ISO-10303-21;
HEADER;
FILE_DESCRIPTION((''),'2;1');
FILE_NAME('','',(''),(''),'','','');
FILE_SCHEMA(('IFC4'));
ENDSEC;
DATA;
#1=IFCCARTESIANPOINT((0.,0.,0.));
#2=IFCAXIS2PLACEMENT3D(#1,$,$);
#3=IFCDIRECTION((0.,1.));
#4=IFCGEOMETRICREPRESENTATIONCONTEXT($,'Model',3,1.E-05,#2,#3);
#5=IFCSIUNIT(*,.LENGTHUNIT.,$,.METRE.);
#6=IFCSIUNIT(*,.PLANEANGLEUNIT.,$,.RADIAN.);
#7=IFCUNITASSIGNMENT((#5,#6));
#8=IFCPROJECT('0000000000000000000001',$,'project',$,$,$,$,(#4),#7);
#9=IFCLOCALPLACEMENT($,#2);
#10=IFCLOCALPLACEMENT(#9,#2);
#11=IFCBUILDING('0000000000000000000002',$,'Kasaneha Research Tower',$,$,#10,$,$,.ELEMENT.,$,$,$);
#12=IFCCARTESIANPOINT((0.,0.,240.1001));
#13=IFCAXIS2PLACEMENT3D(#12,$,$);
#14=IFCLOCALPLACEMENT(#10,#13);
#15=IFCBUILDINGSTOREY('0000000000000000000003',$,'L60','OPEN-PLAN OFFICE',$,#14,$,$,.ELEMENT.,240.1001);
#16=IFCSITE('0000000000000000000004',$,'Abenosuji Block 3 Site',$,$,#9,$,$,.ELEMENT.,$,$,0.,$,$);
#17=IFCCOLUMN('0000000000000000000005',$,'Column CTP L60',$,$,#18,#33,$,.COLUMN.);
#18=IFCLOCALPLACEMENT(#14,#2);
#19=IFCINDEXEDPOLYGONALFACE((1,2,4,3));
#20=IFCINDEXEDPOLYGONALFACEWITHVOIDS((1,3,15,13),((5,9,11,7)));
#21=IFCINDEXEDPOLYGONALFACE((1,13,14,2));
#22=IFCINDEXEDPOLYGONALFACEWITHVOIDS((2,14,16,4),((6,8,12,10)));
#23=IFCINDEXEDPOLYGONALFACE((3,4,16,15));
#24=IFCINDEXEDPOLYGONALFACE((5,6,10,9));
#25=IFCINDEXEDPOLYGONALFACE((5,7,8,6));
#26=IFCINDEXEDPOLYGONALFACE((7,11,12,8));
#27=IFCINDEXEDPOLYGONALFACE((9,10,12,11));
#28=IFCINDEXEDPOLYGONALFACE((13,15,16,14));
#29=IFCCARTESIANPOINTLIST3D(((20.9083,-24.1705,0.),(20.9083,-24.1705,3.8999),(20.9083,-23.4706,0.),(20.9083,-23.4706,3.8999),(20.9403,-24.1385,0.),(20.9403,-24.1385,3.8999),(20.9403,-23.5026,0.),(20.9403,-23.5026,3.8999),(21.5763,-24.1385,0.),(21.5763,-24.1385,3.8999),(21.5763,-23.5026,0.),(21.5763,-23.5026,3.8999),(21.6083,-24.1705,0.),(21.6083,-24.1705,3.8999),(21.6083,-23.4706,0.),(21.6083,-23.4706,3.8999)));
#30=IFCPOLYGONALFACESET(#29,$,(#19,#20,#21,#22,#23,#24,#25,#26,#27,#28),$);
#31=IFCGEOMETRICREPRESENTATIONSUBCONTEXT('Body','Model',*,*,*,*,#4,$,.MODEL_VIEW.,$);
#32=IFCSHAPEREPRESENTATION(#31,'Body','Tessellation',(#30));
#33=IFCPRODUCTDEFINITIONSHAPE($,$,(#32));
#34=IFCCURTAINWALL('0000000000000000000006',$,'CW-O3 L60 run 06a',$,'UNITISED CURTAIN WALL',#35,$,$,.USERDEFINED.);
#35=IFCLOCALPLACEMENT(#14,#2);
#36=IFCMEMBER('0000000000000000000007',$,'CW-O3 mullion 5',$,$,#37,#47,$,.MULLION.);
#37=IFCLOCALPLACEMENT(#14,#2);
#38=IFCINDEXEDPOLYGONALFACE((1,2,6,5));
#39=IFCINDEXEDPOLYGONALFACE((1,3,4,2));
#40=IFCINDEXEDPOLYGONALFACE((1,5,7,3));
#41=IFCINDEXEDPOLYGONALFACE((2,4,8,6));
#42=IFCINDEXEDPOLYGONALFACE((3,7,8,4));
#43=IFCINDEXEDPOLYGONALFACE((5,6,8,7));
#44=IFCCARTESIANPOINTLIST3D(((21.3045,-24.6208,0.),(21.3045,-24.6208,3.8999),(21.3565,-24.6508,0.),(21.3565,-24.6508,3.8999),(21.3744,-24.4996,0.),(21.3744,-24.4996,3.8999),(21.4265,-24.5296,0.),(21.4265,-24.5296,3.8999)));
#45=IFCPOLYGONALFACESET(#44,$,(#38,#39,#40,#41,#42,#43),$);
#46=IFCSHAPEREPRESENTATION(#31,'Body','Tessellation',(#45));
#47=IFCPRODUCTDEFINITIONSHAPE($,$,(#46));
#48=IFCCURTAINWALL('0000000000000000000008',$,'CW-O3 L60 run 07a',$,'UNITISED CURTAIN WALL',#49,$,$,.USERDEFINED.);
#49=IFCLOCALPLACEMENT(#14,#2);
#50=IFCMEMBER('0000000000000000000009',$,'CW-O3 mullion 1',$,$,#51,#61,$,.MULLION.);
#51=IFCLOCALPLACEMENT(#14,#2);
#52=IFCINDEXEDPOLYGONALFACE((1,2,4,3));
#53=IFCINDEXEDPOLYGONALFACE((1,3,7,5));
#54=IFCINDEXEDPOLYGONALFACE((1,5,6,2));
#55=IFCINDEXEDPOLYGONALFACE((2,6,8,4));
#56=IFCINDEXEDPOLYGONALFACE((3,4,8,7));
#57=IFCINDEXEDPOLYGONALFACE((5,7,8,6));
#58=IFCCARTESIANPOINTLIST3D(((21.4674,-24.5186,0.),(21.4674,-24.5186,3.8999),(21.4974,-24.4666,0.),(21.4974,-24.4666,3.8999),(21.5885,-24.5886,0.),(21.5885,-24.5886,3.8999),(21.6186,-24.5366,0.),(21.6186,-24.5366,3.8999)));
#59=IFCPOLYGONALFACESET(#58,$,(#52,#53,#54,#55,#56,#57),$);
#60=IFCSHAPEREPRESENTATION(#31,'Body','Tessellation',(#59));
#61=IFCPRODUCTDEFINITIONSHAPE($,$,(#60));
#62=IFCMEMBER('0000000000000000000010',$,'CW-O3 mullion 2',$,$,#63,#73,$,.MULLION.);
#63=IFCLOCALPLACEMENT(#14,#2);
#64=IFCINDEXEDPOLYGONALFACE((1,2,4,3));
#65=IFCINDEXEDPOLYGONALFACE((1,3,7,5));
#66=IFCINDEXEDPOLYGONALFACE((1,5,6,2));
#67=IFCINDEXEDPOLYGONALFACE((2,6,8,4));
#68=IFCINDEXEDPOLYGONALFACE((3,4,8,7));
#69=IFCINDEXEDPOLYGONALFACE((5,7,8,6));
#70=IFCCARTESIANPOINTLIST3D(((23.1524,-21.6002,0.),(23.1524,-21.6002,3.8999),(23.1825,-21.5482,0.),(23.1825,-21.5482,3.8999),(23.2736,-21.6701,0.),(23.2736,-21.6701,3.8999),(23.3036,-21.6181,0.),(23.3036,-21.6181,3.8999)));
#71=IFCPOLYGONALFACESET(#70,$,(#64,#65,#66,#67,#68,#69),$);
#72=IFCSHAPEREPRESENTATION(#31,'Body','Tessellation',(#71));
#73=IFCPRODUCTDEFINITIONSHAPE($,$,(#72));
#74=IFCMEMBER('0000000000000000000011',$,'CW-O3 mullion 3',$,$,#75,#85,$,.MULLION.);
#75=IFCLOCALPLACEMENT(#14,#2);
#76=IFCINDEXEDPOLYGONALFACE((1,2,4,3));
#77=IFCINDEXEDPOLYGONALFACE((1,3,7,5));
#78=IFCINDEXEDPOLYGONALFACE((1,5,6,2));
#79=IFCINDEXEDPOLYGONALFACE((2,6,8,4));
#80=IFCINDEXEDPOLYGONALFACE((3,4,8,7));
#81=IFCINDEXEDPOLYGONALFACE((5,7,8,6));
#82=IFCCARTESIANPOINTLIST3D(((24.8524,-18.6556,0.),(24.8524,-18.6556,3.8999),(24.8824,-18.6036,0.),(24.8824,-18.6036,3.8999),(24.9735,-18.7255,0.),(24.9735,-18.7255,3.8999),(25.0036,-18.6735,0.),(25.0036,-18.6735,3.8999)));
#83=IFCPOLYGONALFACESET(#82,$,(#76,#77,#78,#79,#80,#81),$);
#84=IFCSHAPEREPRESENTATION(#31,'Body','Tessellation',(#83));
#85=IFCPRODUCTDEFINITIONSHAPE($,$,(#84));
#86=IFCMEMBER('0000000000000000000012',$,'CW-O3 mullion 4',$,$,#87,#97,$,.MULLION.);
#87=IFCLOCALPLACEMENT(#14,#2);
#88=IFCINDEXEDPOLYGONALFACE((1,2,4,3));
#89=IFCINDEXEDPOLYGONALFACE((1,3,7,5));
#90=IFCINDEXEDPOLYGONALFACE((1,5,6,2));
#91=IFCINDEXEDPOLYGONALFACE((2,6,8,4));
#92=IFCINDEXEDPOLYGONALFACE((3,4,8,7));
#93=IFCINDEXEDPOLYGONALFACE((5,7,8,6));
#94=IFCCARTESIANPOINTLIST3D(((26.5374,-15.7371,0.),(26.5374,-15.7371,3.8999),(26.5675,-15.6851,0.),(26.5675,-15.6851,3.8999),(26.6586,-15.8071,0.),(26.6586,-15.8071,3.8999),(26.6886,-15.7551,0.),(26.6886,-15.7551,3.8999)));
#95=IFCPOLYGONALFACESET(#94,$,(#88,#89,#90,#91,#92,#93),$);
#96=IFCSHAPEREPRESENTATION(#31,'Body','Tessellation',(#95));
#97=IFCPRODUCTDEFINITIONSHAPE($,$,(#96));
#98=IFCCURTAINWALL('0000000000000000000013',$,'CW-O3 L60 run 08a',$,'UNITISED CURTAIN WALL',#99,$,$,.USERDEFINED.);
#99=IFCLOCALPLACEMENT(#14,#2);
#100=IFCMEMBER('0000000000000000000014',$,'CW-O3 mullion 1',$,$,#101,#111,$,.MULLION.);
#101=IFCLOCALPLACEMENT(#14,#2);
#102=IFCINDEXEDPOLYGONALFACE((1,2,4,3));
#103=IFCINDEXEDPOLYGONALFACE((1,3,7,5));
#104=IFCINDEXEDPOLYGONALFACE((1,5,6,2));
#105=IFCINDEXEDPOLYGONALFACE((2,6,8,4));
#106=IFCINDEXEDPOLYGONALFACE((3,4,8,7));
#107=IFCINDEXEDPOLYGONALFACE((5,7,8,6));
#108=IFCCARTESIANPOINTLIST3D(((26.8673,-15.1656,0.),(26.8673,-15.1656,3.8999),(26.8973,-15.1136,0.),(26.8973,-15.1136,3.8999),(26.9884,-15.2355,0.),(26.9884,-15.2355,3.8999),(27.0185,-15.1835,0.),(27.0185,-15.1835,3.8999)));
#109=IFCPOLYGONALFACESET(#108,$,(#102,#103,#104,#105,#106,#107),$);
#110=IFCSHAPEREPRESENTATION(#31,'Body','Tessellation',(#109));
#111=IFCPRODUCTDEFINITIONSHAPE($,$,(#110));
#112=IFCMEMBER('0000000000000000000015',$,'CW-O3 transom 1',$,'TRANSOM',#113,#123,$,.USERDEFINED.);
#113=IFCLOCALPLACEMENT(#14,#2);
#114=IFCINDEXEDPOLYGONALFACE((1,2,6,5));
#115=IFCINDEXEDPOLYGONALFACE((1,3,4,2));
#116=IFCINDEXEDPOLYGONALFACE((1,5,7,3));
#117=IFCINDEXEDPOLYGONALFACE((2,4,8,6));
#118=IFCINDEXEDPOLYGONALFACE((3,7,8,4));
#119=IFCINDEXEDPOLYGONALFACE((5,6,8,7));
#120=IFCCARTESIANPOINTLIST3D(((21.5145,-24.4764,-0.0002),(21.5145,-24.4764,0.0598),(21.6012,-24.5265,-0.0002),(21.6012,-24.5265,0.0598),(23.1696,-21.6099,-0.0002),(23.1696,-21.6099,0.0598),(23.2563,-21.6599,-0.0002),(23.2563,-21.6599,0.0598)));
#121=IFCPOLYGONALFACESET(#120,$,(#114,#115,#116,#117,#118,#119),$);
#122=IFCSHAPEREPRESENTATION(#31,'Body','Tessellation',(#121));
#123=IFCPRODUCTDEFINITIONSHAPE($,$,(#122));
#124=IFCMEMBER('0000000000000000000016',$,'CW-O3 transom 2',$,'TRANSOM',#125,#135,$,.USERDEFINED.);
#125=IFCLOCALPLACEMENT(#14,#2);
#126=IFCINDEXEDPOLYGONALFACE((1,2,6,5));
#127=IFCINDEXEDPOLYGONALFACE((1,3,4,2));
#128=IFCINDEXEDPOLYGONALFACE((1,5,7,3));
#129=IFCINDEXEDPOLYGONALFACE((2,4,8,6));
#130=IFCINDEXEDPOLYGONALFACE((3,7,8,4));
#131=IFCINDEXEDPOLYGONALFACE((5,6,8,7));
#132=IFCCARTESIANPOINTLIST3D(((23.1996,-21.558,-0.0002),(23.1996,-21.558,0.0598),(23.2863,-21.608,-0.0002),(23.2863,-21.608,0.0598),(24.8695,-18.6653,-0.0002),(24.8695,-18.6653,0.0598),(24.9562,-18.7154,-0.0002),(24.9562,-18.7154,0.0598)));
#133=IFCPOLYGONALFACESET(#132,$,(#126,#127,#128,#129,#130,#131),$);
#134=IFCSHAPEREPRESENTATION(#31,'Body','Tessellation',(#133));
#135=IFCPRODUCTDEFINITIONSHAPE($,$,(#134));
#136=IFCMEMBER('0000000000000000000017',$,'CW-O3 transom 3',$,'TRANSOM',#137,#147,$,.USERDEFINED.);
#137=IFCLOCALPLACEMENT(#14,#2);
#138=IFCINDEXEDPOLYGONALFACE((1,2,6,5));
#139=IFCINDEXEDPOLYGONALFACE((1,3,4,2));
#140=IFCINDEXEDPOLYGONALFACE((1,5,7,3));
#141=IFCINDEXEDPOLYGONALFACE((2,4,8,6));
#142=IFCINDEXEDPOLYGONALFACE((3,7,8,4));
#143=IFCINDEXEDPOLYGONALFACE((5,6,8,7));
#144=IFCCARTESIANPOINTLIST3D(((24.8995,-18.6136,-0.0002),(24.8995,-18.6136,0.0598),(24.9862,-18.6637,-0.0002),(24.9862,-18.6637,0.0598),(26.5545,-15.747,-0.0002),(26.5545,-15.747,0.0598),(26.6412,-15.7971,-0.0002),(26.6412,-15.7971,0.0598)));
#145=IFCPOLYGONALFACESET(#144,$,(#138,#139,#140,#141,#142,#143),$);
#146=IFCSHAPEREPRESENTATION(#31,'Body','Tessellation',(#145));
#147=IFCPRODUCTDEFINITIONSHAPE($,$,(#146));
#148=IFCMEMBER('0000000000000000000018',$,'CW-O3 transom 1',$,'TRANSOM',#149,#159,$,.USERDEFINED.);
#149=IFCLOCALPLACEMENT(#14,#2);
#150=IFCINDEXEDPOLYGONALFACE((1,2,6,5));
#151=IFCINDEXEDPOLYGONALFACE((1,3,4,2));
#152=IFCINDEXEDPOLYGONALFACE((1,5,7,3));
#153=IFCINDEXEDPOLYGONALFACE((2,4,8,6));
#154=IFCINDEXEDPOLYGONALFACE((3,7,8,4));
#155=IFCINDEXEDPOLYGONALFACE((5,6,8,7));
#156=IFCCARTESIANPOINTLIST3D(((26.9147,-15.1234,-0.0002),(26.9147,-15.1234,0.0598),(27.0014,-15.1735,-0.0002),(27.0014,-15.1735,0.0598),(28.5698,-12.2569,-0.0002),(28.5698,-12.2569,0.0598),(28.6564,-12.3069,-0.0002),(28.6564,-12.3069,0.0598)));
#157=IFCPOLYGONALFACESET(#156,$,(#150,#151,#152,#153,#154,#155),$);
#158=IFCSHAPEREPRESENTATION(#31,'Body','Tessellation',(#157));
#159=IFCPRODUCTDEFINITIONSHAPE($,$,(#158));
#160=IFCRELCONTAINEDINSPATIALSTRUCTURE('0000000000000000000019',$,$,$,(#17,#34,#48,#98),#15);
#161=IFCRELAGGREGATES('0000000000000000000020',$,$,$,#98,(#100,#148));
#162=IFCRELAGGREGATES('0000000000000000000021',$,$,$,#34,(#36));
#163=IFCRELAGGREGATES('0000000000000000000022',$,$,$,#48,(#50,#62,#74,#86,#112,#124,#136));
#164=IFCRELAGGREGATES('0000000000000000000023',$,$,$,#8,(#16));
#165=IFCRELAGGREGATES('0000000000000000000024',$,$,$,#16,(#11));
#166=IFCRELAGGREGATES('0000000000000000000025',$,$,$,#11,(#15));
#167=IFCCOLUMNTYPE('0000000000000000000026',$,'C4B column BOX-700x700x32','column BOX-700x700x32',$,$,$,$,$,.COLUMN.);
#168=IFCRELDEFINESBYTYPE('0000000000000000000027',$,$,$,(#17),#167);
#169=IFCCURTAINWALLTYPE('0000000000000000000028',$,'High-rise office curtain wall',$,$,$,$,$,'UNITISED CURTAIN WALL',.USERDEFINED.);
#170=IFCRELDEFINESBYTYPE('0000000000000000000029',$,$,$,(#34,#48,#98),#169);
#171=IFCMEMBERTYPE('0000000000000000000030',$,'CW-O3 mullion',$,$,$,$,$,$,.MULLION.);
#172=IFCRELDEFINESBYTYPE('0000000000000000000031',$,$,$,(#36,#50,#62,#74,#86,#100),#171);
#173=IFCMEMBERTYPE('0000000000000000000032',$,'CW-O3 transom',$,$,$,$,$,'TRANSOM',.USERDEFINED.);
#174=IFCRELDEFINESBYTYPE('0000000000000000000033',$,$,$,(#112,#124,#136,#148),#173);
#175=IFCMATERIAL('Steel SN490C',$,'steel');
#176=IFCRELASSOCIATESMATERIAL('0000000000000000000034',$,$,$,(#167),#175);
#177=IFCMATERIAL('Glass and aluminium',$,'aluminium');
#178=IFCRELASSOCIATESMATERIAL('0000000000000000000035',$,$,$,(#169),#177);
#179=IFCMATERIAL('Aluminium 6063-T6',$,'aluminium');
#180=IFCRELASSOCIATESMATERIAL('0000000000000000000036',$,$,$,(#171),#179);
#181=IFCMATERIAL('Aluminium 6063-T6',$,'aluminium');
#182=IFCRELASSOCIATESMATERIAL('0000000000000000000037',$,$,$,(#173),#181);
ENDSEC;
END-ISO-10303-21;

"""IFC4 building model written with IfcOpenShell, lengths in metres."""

from ifc_helpers import new_model, si_unit, direction, frame, origin, origin_2d, place, context, subcontext, project, spatial, rectangle, hollow_rectangle, extrude, material, material_profile, profile_set, type_object, element, aggregate, save


model = new_model("IFC4")

# Units and contexts
model_context = context("Model", 3, precision=1e-05, world=origin(), true_north=direction((0.0, 1.0)))
body_context = subcontext(model_context, "Body", "Model", "MODEL_VIEW")
ifc_project = project(units=[si_unit("LENGTHUNIT", "METRE"), si_unit("PLANEANGLEUNIT", "RADIAN")], contexts=[model_context])

# Site, building, storey
site_placement = place(None, origin())
site = spatial("IfcSite", under=ifc_project, at=site_placement, Name="Abenosuji Block 3 Site", CompositionType="ELEMENT", RefElevation=0.0)
building_placement = place(site_placement, origin())
building = spatial("IfcBuilding", under=site, at=building_placement, Name="Kasaneha Research Tower", CompositionType="ELEMENT")
storey_placement = place(building_placement, frame((0.0, 0.0, 240.1001)))
storey = spatial("IfcBuildingStorey", under=building, at=storey_placement, Name="L60", Description="OPEN-PLAN OFFICE", CompositionType="ELEMENT", Elevation=240.1001)

# Column
ifc_material_1 = material(Name="Steel SN490C", Category="steel")
ifc_material_profile_1 = material_profile(ifc_material_1, hollow_rectangle(XDim=0.7, YDim=0.7, WallThickness=0.032, at=origin_2d()), Name="BOX-700x700x32")
ifc_profile_set_1 = profile_set([ifc_material_profile_1], Name="Steel SN490C")
column_type = type_object("IfcColumnType", Name="C4B column BOX-700x700x32", Description="column BOX-700x700x32", PredefinedType="COLUMN", material=ifc_profile_set_1)
column_placement = place(storey_placement, frame((21.2583, -23.8206, 0.0), z_axis=(0.0, 0.0, 1.0), x_axis=(1.0, 0.0, 0.0)))
element("IfcColumn", 1, at=column_placement, inside=storey, type_object=column_type, Name="Column CTP L60", PredefinedType="COLUMN", context=body_context, shape_type="SweptSolid", body=[
    extrude(hollow_rectangle(XDim=0.7, YDim=0.7, WallThickness=0.032, at=origin_2d()), origin(), (0.0, 0.0, 1.0), 3.8999),
])

# Curtain wall, member
ifc_material_2 = material(Name="Glass and aluminium", Category="aluminium")
curtain_wall_type = type_object("IfcCurtainWallType", Name="High-rise office curtain wall", ElementType="UNITISED CURTAIN WALL", PredefinedType="USERDEFINED", material=ifc_material_2)
curtain_wall_1_placement = place(storey_placement, origin())
curtain_wall_1 = element("IfcCurtainWall", 2, at=curtain_wall_1_placement, inside=storey, type_object=curtain_wall_type, Name="CW-O3 L60 run 06a", ObjectType="UNITISED CURTAIN WALL", PredefinedType="USERDEFINED")
ifc_material_3 = material(Name="Aluminium 6063-T6", Category="aluminium")
ifc_material_profile_2 = material_profile(ifc_material_3, rectangle(XDim=0.0601, YDim=0.1399, at=origin_2d()), Name="CW-O3 mullion 60x140")
ifc_profile_set_2 = profile_set([ifc_material_profile_2], Name="Aluminium 6063-T6")
member_type_1 = type_object("IfcMemberType", Name="CW-O3 mullion", PredefinedType="MULLION", material=ifc_profile_set_2)
member_1_placement = place(storey_placement, frame((21.3655, -24.5752, 0.0), z_axis=(0.0, 0.0, 1.0), x_axis=(0.866025, -0.5, 0.0)))
member_1 = element("IfcMember", 3, at=member_1_placement, type_object=member_type_1, Name="CW-O3 mullion 5", PredefinedType="MULLION", context=body_context, shape_type="SweptSolid", body=[
    extrude(rectangle(XDim=0.0601, YDim=0.1399, at=origin_2d()), origin(), (0.0, 0.0, 1.0), 3.8999),
])

# Curtain wall, members
curtain_wall_2_placement = place(storey_placement, origin())
curtain_wall_2 = element("IfcCurtainWall", 4, at=curtain_wall_2_placement, inside=storey, type_object=curtain_wall_type, Name="CW-O3 L60 run 07a", ObjectType="UNITISED CURTAIN WALL", PredefinedType="USERDEFINED")
member_2_placement = place(storey_placement, frame((21.543, -24.5276, 0.0), z_axis=(0.0, 0.0, 1.0), x_axis=(0.5, 0.866025, 0.0)))
member_2 = element("IfcMember", 5, at=member_2_placement, type_object=member_type_1, Name="CW-O3 mullion 1", PredefinedType="MULLION", context=body_context, shape_type="SweptSolid", body=[
    extrude(rectangle(XDim=0.0601, YDim=0.1399, at=origin_2d()), origin(), (0.0, 0.0, 1.0), 3.8999),
])
member_3_placement = place(storey_placement, frame((23.228, -21.6091, 0.0), z_axis=(0.0, 0.0, 1.0), x_axis=(0.5, 0.866025, 0.0)))
member_3 = element("IfcMember", 6, at=member_3_placement, type_object=member_type_1, Name="CW-O3 mullion 2", PredefinedType="MULLION", context=body_context, shape_type="SweptSolid", body=[
    extrude(rectangle(XDim=0.0601, YDim=0.1399, at=origin_2d()), origin(), (0.0, 0.0, 1.0), 3.8999),
])
member_4_placement = place(storey_placement, frame((24.928, -18.6646, 0.0), z_axis=(0.0, 0.0, 1.0), x_axis=(0.5, 0.866025, 0.0)))
member_4 = element("IfcMember", 7, at=member_4_placement, type_object=member_type_1, Name="CW-O3 mullion 3", PredefinedType="MULLION", context=body_context, shape_type="SweptSolid", body=[
    extrude(rectangle(XDim=0.0601, YDim=0.1399, at=origin_2d()), origin(), (0.0, 0.0, 1.0), 3.8999),
])
member_5_placement = place(storey_placement, frame((26.613, -15.7461, 0.0), z_axis=(0.0, 0.0, 1.0), x_axis=(0.5, 0.866025, 0.0)))
member_5 = element("IfcMember", 8, at=member_5_placement, type_object=member_type_1, Name="CW-O3 mullion 4", PredefinedType="MULLION", context=body_context, shape_type="SweptSolid", body=[
    extrude(rectangle(XDim=0.0601, YDim=0.1399, at=origin_2d()), origin(), (0.0, 0.0, 1.0), 3.8999),
])

# Curtain wall, member
curtain_wall_3_placement = place(storey_placement, origin())
curtain_wall_3 = element("IfcCurtainWall", 9, at=curtain_wall_3_placement, inside=storey, type_object=curtain_wall_type, Name="CW-O3 L60 run 08a", ObjectType="UNITISED CURTAIN WALL", PredefinedType="USERDEFINED")
member_6_placement = place(storey_placement, frame((26.9429, -15.1746, 0.0), z_axis=(0.0, 0.0, 1.0), x_axis=(0.5, 0.866025, 0.0)))
member_6 = element("IfcMember", 10, at=member_6_placement, type_object=member_type_1, Name="CW-O3 mullion 1", PredefinedType="MULLION", context=body_context, shape_type="SweptSolid", body=[
    extrude(rectangle(XDim=0.0601, YDim=0.1399, at=origin_2d()), origin(), (0.0, 0.0, 1.0), 3.8999),
])

# Members
ifc_material_4 = material(Name="Aluminium 6063-T6", Category="aluminium")
ifc_material_profile_3 = material_profile(ifc_material_4, rectangle(XDim=0.1001, YDim=0.0601, at=origin_2d()), Name="CW-O3 transom 100x60")
ifc_profile_set_3 = profile_set([ifc_material_profile_3], Name="Aluminium 6063-T6")
member_type_2 = type_object("IfcMemberType", Name="CW-O3 transom", ElementType="TRANSOM", PredefinedType="USERDEFINED", material=ifc_profile_set_3)
member_7_placement = place(storey_placement, frame((21.5579, -24.5015, 0.0298), z_axis=(0.500018, 0.866015, 0.0), x_axis=(-0.866015, 0.500018, 0.0)))
member_7 = element("IfcMember", 11, at=member_7_placement, type_object=member_type_2, Name="CW-O3 transom 1", ObjectType="TRANSOM", PredefinedType="USERDEFINED", context=body_context, shape_type="SweptSolid", body=[
    extrude(rectangle(XDim=0.1001, YDim=0.0601, at=origin_2d()), origin(), (0.0, 0.0, 1.0), 3.3101),
])
member_8_placement = place(storey_placement, frame((23.2429, -21.583, 0.0298), z_axis=(0.499976, 0.86604, 0.0), x_axis=(-0.86604, 0.499976, 0.0)))
member_8 = element("IfcMember", 12, at=member_8_placement, type_object=member_type_2, Name="CW-O3 transom 2", ObjectType="TRANSOM", PredefinedType="USERDEFINED", context=body_context, shape_type="SweptSolid", body=[
    extrude(rectangle(XDim=0.1001, YDim=0.0601, at=origin_2d()), origin(), (0.0, 0.0, 1.0), 3.3401),
])
member_9_placement = place(storey_placement, frame((24.9429, -18.6387, 0.0298), z_axis=(0.499986, 0.866033, 0.0), x_axis=(-0.866033, 0.499986, 0.0)))
member_9 = element("IfcMember", 13, at=member_9_placement, type_object=member_type_2, Name="CW-O3 transom 3", ObjectType="TRANSOM", PredefinedType="USERDEFINED", context=body_context, shape_type="SweptSolid", body=[
    extrude(rectangle(XDim=0.1001, YDim=0.0601, at=origin_2d()), origin(), (0.0, 0.0, 1.0), 3.3101),
])
member_10_placement = place(storey_placement, frame((26.958, -15.1484, 0.0298), z_axis=(0.500018, 0.866015, 0.0), x_axis=(-0.866015, 0.500018, 0.0)))
member_10 = element("IfcMember", 14, at=member_10_placement, type_object=member_type_2, Name="CW-O3 transom 1", ObjectType="TRANSOM", PredefinedType="USERDEFINED", context=body_context, shape_type="SweptSolid", body=[
    extrude(rectangle(XDim=0.1001, YDim=0.0601, at=origin_2d()), origin(), (0.0, 0.0, 1.0), 3.3101),
])
aggregate(curtain_wall_3, [member_6, member_10])

aggregate(curtain_wall_1, [member_1])
aggregate(curtain_wall_2, [member_2, member_3, member_4, member_5, member_7, member_8, member_9])

save(model, "model.ifc")
